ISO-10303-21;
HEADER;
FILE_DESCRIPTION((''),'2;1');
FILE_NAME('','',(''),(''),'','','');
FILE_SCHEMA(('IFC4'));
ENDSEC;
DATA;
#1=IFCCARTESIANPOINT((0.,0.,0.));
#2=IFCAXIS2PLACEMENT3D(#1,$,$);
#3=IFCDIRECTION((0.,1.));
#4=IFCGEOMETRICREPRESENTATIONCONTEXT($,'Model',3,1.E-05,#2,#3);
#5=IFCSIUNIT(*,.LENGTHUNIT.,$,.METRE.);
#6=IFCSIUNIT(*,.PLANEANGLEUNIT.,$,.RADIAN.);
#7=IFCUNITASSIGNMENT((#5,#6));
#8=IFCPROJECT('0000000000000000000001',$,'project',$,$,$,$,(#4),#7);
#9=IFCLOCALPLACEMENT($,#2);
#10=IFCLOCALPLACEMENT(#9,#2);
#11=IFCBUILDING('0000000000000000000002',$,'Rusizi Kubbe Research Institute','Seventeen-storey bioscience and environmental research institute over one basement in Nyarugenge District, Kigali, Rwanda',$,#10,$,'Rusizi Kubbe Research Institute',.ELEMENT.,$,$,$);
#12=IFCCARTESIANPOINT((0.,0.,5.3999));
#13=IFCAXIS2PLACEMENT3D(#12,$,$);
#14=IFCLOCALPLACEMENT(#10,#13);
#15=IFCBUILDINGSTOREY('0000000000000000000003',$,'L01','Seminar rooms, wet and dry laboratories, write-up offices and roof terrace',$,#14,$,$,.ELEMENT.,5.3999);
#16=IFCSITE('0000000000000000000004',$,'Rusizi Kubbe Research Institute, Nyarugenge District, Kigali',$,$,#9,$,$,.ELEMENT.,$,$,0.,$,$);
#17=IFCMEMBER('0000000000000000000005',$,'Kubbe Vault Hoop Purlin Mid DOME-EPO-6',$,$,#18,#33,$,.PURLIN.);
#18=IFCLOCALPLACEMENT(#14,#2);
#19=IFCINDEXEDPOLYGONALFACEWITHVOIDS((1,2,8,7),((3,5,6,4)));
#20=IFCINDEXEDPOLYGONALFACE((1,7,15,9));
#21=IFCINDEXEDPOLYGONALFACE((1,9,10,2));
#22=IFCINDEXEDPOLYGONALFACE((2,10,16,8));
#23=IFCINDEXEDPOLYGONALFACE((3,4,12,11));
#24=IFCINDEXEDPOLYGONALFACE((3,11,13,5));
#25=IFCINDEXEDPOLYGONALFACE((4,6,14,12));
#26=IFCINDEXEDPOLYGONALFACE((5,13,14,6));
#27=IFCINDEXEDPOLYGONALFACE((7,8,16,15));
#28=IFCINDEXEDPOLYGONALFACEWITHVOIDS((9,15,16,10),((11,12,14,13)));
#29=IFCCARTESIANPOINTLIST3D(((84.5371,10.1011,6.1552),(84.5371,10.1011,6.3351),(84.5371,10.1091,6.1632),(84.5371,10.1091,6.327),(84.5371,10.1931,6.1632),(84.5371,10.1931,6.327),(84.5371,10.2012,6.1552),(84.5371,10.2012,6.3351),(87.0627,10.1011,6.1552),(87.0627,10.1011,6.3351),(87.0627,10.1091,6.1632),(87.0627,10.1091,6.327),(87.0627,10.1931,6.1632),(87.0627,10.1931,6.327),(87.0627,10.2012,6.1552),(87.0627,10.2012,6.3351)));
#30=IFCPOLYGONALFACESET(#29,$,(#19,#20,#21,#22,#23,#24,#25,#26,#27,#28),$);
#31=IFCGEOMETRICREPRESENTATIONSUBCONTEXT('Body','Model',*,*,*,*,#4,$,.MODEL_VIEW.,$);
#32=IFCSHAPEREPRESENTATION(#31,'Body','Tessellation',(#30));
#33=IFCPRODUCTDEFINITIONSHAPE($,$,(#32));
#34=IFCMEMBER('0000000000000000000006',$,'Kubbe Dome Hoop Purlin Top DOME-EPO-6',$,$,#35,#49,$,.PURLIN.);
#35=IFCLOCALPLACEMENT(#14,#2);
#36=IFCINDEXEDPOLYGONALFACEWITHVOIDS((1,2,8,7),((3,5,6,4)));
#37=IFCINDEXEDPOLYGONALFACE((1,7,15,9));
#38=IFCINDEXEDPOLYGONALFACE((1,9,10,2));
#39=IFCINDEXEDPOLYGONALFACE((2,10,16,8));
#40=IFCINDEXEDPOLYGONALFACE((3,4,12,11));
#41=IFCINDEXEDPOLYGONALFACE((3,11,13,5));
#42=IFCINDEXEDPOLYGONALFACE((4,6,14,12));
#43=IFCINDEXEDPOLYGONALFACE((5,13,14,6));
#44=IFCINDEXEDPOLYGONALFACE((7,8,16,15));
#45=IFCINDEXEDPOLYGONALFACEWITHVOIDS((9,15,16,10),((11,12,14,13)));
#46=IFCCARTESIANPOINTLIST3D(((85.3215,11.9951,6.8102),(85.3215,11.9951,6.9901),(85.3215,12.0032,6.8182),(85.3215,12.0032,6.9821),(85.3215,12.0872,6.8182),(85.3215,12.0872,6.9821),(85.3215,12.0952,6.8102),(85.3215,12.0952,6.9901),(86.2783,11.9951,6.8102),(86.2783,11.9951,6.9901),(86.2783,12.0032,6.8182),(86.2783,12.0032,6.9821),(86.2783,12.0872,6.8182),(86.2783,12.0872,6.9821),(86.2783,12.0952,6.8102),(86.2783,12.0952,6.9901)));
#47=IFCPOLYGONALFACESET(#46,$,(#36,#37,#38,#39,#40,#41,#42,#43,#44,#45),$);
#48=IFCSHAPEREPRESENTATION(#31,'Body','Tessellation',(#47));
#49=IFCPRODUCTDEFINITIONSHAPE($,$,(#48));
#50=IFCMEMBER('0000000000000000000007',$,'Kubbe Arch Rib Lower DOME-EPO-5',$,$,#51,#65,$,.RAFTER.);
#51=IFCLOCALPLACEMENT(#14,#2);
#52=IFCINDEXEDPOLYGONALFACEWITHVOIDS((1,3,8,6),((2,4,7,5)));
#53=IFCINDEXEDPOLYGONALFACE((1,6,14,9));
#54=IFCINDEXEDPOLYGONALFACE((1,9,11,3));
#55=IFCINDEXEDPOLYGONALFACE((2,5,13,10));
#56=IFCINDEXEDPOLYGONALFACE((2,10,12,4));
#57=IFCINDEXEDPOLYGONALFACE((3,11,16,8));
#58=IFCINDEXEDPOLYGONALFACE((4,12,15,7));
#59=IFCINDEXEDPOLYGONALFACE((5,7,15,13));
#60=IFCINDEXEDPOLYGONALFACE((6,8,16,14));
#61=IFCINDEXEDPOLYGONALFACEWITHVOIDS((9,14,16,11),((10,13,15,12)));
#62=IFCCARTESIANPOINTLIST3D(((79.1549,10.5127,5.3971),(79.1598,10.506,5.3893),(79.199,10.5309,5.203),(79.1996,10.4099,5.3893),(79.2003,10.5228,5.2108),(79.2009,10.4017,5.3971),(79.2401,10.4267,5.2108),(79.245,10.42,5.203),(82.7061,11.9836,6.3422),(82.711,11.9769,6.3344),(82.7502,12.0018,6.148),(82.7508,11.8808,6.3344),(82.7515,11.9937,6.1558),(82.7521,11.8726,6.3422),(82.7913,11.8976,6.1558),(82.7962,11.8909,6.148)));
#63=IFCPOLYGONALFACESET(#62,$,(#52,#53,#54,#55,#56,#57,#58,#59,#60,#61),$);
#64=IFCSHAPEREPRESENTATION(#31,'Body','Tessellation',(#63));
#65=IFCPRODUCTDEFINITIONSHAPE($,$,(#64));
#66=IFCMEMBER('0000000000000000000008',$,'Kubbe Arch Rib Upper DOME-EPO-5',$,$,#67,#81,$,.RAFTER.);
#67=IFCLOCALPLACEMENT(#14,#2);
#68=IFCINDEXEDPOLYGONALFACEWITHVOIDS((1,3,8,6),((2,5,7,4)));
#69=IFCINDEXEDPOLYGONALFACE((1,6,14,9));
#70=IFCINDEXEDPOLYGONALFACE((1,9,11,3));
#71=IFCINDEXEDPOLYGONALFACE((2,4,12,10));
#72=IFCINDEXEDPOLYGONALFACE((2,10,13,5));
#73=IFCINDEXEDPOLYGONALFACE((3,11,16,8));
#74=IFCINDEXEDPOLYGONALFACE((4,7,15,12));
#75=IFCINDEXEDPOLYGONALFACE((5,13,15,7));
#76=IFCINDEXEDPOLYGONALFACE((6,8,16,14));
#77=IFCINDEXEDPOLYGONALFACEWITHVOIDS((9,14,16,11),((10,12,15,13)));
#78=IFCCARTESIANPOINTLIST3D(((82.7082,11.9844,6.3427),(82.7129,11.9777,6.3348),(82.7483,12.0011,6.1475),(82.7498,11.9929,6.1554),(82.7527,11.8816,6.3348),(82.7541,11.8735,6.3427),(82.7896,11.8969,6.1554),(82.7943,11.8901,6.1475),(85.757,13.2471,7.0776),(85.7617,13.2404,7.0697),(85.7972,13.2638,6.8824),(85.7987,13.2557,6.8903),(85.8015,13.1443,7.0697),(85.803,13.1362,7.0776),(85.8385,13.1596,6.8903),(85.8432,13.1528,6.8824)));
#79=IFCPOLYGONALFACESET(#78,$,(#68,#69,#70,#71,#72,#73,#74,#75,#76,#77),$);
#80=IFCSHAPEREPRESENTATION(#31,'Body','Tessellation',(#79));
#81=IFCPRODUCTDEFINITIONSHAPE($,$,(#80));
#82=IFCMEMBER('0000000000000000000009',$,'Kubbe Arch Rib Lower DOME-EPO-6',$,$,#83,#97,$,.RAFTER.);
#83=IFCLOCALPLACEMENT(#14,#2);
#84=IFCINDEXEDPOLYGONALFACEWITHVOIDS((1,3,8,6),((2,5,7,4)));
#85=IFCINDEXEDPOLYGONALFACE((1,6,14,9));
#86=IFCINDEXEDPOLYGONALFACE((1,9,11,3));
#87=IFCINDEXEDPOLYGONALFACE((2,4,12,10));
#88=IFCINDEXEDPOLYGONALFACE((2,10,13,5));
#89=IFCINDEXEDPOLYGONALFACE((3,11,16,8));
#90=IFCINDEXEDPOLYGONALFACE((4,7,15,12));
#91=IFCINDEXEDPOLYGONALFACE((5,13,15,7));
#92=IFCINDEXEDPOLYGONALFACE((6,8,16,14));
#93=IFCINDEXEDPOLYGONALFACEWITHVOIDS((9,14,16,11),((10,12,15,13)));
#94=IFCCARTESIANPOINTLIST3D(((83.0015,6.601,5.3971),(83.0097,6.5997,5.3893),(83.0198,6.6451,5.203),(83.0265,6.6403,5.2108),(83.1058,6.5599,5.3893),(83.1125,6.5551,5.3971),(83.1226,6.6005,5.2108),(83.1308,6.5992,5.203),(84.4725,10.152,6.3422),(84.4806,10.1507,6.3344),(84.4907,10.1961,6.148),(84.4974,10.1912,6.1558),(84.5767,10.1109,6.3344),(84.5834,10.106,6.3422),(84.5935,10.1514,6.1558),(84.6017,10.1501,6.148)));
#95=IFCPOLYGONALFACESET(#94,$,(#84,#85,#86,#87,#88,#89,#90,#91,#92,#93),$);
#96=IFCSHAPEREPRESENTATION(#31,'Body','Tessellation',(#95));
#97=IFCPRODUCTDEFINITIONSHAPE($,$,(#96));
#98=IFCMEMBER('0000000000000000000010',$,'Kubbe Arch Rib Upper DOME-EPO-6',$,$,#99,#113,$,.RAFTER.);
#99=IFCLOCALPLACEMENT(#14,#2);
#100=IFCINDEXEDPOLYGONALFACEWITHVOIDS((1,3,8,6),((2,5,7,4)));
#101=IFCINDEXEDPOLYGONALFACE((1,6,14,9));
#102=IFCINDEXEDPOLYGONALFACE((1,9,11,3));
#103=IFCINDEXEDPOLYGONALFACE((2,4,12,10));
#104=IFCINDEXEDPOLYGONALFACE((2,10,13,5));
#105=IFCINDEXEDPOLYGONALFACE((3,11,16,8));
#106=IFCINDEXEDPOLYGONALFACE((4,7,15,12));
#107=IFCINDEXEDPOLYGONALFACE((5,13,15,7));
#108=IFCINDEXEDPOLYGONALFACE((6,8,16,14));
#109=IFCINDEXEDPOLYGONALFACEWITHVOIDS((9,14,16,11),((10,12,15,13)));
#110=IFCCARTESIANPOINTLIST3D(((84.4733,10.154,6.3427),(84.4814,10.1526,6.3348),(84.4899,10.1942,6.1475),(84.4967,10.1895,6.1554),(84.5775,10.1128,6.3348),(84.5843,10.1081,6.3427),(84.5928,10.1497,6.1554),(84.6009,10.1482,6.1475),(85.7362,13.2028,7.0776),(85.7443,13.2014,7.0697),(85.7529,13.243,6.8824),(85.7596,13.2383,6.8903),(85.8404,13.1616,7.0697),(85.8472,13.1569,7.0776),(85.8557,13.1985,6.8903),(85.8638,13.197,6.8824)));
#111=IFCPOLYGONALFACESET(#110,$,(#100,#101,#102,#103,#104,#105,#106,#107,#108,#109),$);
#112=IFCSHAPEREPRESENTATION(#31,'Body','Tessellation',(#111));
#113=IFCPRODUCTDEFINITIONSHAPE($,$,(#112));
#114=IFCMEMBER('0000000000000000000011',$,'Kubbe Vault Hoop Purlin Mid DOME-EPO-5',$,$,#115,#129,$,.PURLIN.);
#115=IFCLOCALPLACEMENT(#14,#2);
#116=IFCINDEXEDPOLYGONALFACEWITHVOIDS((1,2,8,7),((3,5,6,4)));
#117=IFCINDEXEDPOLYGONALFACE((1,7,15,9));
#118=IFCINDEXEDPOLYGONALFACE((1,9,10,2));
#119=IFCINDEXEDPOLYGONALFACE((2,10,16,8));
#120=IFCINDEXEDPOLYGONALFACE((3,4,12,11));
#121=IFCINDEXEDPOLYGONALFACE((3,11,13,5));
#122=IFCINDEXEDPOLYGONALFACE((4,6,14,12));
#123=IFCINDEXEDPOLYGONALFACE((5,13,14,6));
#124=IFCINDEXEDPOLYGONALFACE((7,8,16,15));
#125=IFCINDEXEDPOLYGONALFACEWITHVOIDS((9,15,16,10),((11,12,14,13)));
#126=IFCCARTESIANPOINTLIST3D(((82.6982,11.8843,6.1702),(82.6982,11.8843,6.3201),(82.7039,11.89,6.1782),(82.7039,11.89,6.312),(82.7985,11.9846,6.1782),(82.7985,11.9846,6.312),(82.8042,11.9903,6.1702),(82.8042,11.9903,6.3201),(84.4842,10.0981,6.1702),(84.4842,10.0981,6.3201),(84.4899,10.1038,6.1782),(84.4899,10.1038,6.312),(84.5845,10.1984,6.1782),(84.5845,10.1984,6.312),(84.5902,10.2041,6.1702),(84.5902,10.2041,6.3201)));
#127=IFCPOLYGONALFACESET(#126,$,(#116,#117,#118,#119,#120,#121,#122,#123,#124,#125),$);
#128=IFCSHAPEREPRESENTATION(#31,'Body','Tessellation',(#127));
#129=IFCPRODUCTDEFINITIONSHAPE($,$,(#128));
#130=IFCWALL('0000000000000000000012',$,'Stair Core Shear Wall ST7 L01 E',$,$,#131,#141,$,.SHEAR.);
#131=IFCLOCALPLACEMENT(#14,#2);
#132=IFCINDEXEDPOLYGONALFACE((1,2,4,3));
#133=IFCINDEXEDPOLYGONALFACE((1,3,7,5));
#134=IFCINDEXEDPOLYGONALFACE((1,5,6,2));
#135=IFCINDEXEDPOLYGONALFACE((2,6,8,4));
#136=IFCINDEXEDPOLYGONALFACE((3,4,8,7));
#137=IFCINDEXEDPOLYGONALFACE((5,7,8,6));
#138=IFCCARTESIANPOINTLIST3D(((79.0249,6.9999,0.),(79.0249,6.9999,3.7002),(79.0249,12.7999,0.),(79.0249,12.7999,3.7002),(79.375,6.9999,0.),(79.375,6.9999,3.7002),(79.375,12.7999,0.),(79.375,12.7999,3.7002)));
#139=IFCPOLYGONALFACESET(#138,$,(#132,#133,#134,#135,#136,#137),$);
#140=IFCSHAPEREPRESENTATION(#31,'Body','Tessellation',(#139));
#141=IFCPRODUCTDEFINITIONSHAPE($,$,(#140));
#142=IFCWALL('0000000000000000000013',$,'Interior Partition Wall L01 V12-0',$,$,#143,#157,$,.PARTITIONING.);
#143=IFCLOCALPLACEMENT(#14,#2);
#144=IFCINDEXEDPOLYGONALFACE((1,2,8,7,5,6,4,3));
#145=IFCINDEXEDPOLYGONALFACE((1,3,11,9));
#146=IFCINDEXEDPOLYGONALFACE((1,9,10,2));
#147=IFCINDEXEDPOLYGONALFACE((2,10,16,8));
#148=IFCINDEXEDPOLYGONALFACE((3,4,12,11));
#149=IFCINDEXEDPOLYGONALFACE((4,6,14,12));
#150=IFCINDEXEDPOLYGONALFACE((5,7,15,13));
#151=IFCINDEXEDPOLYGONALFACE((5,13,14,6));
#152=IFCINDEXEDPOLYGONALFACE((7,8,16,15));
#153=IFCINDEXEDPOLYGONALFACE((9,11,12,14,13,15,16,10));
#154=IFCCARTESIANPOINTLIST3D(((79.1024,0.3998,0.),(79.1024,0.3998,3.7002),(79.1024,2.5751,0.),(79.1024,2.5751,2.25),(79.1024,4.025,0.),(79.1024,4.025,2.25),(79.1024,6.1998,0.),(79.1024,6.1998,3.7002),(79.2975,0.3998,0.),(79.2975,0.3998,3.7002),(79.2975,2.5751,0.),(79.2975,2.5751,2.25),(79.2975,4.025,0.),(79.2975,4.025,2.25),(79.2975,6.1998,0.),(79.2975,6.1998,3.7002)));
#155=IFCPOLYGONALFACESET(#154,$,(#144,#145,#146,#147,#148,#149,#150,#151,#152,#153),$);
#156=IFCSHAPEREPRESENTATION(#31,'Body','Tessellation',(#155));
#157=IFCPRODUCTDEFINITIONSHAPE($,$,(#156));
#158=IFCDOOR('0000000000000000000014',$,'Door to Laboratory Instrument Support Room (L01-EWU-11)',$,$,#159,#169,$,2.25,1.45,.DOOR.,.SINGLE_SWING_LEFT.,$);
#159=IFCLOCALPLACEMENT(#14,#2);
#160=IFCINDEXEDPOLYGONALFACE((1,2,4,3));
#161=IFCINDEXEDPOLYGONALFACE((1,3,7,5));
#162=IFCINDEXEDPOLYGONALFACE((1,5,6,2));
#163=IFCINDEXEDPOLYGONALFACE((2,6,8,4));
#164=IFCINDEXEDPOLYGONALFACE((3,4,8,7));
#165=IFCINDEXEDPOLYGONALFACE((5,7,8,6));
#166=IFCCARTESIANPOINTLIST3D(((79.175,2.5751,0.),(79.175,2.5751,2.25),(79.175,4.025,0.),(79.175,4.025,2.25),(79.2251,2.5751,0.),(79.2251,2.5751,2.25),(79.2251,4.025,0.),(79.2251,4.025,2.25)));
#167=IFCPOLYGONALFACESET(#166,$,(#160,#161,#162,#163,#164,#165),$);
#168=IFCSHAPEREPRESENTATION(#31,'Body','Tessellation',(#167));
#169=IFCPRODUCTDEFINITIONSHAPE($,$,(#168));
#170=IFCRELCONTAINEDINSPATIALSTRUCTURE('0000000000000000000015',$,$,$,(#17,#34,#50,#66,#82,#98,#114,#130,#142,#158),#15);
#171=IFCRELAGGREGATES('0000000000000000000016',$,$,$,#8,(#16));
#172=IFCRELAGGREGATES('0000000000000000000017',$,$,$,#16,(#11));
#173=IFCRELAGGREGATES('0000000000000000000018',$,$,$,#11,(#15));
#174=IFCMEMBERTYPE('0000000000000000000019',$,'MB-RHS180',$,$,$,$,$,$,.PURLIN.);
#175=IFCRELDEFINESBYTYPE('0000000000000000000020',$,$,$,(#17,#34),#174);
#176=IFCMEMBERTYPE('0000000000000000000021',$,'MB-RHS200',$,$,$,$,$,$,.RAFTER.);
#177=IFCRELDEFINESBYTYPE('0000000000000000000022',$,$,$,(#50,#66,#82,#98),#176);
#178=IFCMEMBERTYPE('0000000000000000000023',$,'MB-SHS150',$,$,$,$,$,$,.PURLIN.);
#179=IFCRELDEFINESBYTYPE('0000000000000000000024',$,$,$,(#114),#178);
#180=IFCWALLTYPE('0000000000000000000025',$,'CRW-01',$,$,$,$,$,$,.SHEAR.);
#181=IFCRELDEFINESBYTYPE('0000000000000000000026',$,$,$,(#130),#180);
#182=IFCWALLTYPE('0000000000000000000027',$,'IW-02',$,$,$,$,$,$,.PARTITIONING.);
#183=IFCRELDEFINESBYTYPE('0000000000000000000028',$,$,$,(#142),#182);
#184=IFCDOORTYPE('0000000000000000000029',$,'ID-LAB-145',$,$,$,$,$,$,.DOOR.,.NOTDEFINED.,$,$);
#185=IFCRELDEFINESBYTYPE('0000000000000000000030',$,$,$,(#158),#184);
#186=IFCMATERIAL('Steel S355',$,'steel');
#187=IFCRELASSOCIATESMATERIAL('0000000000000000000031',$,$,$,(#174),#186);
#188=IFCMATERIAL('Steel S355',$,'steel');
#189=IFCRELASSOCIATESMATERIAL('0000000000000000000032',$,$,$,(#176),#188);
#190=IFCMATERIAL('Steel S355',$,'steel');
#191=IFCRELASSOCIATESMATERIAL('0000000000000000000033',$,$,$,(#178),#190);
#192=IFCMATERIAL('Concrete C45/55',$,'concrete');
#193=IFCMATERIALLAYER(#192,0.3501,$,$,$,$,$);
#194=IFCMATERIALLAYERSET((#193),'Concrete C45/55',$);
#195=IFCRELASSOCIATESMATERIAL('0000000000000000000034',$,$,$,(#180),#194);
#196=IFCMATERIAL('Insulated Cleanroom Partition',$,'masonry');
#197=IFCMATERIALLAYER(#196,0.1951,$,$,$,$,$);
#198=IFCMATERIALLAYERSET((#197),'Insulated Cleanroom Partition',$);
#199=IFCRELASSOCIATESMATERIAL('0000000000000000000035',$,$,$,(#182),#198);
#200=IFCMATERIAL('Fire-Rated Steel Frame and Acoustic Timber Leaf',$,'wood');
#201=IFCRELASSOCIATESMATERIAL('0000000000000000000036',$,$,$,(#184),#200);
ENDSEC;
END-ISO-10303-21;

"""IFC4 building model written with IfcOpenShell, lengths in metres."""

from ifc_helpers import new_model, si_unit, direction, frame, frame_2d, origin, origin_2d, place, context, subcontext, project, spatial, rectangle, hollow_rectangle, extrude, material, layer, layer_set, material_profile, profile_set, type_object, element, fill, save


model = new_model("IFC4")

# Units and contexts
model_context = context("Model", 3, precision=1e-05, world=origin(), true_north=direction((0.0, 1.0)))
body_context = subcontext(model_context, "Body", "Model", "MODEL_VIEW")
ifc_project = project(units=[si_unit("LENGTHUNIT", "METRE"), si_unit("PLANEANGLEUNIT", "RADIAN")], contexts=[model_context])

# Site, building, storey
site_placement = place(None, origin())
site = spatial("IfcSite", under=ifc_project, at=site_placement, Name="Rusizi Kubbe Research Institute, Nyarugenge District, Kigali", CompositionType="ELEMENT", RefElevation=0.0)
building_placement = place(site_placement, origin())
building = spatial("IfcBuilding", under=site, at=building_placement, Name="Rusizi Kubbe Research Institute", Description="Seventeen-storey bioscience and environmental research institute over one basement in Nyarugenge District, Kigali, Rwanda", LongName="Rusizi Kubbe Research Institute", CompositionType="ELEMENT")
storey_placement = place(building_placement, frame((0.0, 0.0, 5.3999)))
storey = spatial("IfcBuildingStorey", under=building, at=storey_placement, Name="L01", Description="Seminar rooms, wet and dry laboratories, write-up offices and roof terrace", CompositionType="ELEMENT", Elevation=5.3999)

# Members
ifc_material_1 = material(Name="Steel S355", Category="steel")
ifc_material_profile_1 = material_profile(ifc_material_1, hollow_rectangle(XDim=0.1001, YDim=0.1799, WallThickness=0.0081, at=origin_2d()), Name="RHS 180x100x8.0")
ifc_profile_set_1 = profile_set([ifc_material_profile_1], Name="Steel S355")
member_type_1 = type_object("IfcMemberType", Name="MB-RHS180", PredefinedType="PURLIN", material=ifc_profile_set_1)
member_1_placement = place(storey_placement, frame((84.5371, 10.1511, 6.2451), z_axis=(1.0, 0.0, 0.0), x_axis=(0.0, 1.0, 0.0)))
element("IfcMember", 1, at=member_1_placement, inside=storey, type_object=member_type_1, Name="Kubbe Vault Hoop Purlin Mid DOME-EPO-6", PredefinedType="PURLIN", context=body_context, shape_type="SweptSolid", body=[
    extrude(hollow_rectangle(XDim=0.1001, YDim=0.1799, WallThickness=0.0081, at=origin_2d()), origin(), (0.0, 0.0, 1.0), 2.5256),
])
member_2_placement = place(storey_placement, frame((85.3215, 12.0452, 6.9001), z_axis=(1.0, 0.0, 0.0), x_axis=(0.0, 1.0, 0.0)))
element("IfcMember", 2, at=member_2_placement, inside=storey, type_object=member_type_1, Name="Kubbe Dome Hoop Purlin Top DOME-EPO-6", PredefinedType="PURLIN", context=body_context, shape_type="SweptSolid", body=[
    extrude(hollow_rectangle(XDim=0.1001, YDim=0.1799, WallThickness=0.0081, at=origin_2d()), origin(), (0.0, 0.0, 1.0), 0.9568),
])
ifc_material_2 = material(Name="Steel S355", Category="steel")
ifc_material_profile_2 = material_profile(ifc_material_2, hollow_rectangle(XDim=0.1201, YDim=0.2, WallThickness=0.0081, at=origin_2d()), Name="RHS 200x120x8.0")
ifc_profile_set_2 = profile_set([ifc_material_profile_2], Name="Steel S355")
member_type_2 = type_object("IfcMemberType", Name="MB-RHS200", PredefinedType="RAFTER", material=ifc_profile_set_2)
member_3_placement = place(storey_placement, frame((79.2, 10.4663, 5.3), z_axis=(0.897164, 0.371608, 0.238754), x_axis=(-0.382675, 0.923883, 0.0)))
element("IfcMember", 3, at=member_3_placement, inside=storey, type_object=member_type_2, Name="Kubbe Arch Rib Lower DOME-EPO-5", PredefinedType="RAFTER", context=body_context, shape_type="SweptSolid", body=[
    extrude(hollow_rectangle(XDim=0.1201, YDim=0.2, WallThickness=0.0081, at=origin_2d()), origin(), (0.0, 0.0, 1.0), 3.9583),
])
member_4_placement = place(storey_placement, frame((82.7512, 11.9373, 6.2451), z_axis=(0.901808, 0.373491, 0.217364), x_axis=(-0.382639, 0.923898, 0.0)))
element("IfcMember", 4, at=member_4_placement, inside=storey, type_object=member_type_2, Name="Kubbe Arch Rib Upper DOME-EPO-5", PredefinedType="RAFTER", context=body_context, shape_type="SweptSolid", body=[
    extrude(hollow_rectangle(XDim=0.1201, YDim=0.2, WallThickness=0.0081, at=origin_2d()), origin(), (0.0, 0.0, 1.0), 3.3809),
])
member_5_placement = place(storey_placement, frame((83.0662, 6.6001, 5.3), z_axis=(0.371629, 0.897152, 0.238768), x_axis=(-0.923874, 0.382698, 0.0)))
element("IfcMember", 5, at=member_5_placement, inside=storey, type_object=member_type_2, Name="Kubbe Arch Rib Lower DOME-EPO-6", PredefinedType="RAFTER", context=body_context, shape_type="SweptSolid", body=[
    extrude(hollow_rectangle(XDim=0.1201, YDim=0.2, WallThickness=0.0081, at=origin_2d()), origin(), (0.0, 0.0, 1.0), 3.958),
])
member_6_placement = place(storey_placement, frame((84.5371, 10.1511, 6.2451), z_axis=(0.373553, 0.901784, 0.217358), x_axis=(-0.923872, 0.382702, 0.0)))
element("IfcMember", 6, at=member_6_placement, inside=storey, type_object=member_type_2, Name="Kubbe Arch Rib Upper DOME-EPO-6", PredefinedType="RAFTER", context=body_context, shape_type="SweptSolid", body=[
    extrude(hollow_rectangle(XDim=0.1201, YDim=0.2, WallThickness=0.0081, at=origin_2d()), origin(), (0.0, 0.0, 1.0), 3.3809),
])
ifc_material_3 = material(Name="Steel S355", Category="steel")
ifc_material_profile_3 = material_profile(ifc_material_3, hollow_rectangle(XDim=0.1499, YDim=0.1499, WallThickness=0.0081, at=origin_2d()), Name="SHS 150x150x8.0")
ifc_profile_set_3 = profile_set([ifc_material_profile_3], Name="Steel S355")
member_type_3 = type_object("IfcMemberType", Name="MB-SHS150", PredefinedType="PURLIN", material=ifc_profile_set_3)
member_7_placement = place(storey_placement, frame((82.7512, 11.9373, 6.2451), z_axis=(0.707058, -0.707155, 0.0), x_axis=(0.707155, 0.707058, 0.0)))
element("IfcMember", 7, at=member_7_placement, inside=storey, type_object=member_type_3, Name="Kubbe Vault Hoop Purlin Mid DOME-EPO-5", PredefinedType="PURLIN", context=body_context, shape_type="SweptSolid", body=[
    extrude(hollow_rectangle(XDim=0.1499, YDim=0.1499, WallThickness=0.0081, at=origin_2d()), origin(), (0.0, 0.0, 1.0), 2.5259),
])

# Wall
ifc_material_4 = material(Name="Concrete C45/55", Category="concrete")
ifc_layer_1 = layer(ifc_material_4, 0.3501)
ifc_layer_set_1 = layer_set([ifc_layer_1], Name="Concrete C45/55")
wall_type_1 = type_object("IfcWallType", Name="CRW-01", PredefinedType="SHEAR", material=ifc_layer_set_1)
wall_1_placement = place(storey_placement, frame((79.2, 7.0, 0.0), z_axis=(0.0, 0.0, 1.0), x_axis=(0.0, 1.0, 0.0)))
element("IfcWall", 8, at=wall_1_placement, inside=storey, type_object=wall_type_1, Name="Stair Core Shear Wall ST7 L01 E", PredefinedType="SHEAR", context=body_context, shape_type="SweptSolid", body=[
    extrude(rectangle(XDim=5.8, YDim=0.3501, at=frame_2d((2.8999, 0.0))), origin(), (0.0, 0.0, 1.0), 3.7002),
])

# Wall, opening, door
ifc_material_5 = material(Name="Insulated Cleanroom Partition", Category="masonry")
ifc_layer_2 = layer(ifc_material_5, 0.1951)
ifc_layer_set_2 = layer_set([ifc_layer_2], Name="Insulated Cleanroom Partition")
wall_type_2 = type_object("IfcWallType", Name="IW-02", PredefinedType="PARTITIONING", material=ifc_layer_set_2)
wall_2_placement = place(storey_placement, frame((79.2, 0.3999, 0.0), z_axis=(0.0, 0.0, 1.0), x_axis=(0.0, 1.0, 0.0)))
wall_2 = element("IfcWall", 9, at=wall_2_placement, inside=storey, type_object=wall_type_2, Name="Interior Partition Wall L01 V12-0", PredefinedType="PARTITIONING", context=body_context, shape_type="SweptSolid", body=[
    extrude(rectangle(XDim=5.8, YDim=0.1951, at=frame_2d((2.8999, 0.0))), origin(), (0.0, 0.0, 1.0), 3.7002),
])
opening_placement = place(wall_2_placement, frame((2.175, 0.0, 0.0)))
opening = element("IfcOpeningElement", 10, at=opening_placement, cuts=wall_2, PredefinedType="OPENING", context=body_context, shape_type="SweptSolid", body=[
    extrude(rectangle(XDim=1.45, YDim=2.25, at=frame_2d((0.7251, 1.125))), frame((0.0, 0.1074, 0.0), z_axis=(0.0, -1.0, 0.0), x_axis=(1.0, 0.0, 0.0)), (0.0, 0.0, 1.0), 0.2151),
])
ifc_material_6 = material(Name="Fire-Rated Steel Frame and Acoustic Timber Leaf", Category="wood")
door_type = type_object("IfcDoorType", Name="ID-LAB-145", OperationType="NOTDEFINED", PredefinedType="DOOR", material=ifc_material_6)
door_placement = place(opening_placement, origin())
door = element("IfcDoor", 11, at=door_placement, inside=storey, type_object=door_type, Name="Door to Laboratory Instrument Support Room (L01-EWU-11)", OperationType="SINGLE_SWING_LEFT", OverallHeight=2.25, OverallWidth=1.45, PredefinedType="DOOR", context=body_context, shape_type="SweptSolid", body=[
    extrude(rectangle(XDim=1.45, YDim=2.25, at=frame_2d((0.7251, 1.125))), frame((0.0, 0.0249, 0.0), z_axis=(0.0, -1.0, 0.0), x_axis=(1.0, 0.0, 0.0)), (0.0, 0.0, 1.0), 0.05),
])
fill(opening, door)

save(model, "model.ifc")
